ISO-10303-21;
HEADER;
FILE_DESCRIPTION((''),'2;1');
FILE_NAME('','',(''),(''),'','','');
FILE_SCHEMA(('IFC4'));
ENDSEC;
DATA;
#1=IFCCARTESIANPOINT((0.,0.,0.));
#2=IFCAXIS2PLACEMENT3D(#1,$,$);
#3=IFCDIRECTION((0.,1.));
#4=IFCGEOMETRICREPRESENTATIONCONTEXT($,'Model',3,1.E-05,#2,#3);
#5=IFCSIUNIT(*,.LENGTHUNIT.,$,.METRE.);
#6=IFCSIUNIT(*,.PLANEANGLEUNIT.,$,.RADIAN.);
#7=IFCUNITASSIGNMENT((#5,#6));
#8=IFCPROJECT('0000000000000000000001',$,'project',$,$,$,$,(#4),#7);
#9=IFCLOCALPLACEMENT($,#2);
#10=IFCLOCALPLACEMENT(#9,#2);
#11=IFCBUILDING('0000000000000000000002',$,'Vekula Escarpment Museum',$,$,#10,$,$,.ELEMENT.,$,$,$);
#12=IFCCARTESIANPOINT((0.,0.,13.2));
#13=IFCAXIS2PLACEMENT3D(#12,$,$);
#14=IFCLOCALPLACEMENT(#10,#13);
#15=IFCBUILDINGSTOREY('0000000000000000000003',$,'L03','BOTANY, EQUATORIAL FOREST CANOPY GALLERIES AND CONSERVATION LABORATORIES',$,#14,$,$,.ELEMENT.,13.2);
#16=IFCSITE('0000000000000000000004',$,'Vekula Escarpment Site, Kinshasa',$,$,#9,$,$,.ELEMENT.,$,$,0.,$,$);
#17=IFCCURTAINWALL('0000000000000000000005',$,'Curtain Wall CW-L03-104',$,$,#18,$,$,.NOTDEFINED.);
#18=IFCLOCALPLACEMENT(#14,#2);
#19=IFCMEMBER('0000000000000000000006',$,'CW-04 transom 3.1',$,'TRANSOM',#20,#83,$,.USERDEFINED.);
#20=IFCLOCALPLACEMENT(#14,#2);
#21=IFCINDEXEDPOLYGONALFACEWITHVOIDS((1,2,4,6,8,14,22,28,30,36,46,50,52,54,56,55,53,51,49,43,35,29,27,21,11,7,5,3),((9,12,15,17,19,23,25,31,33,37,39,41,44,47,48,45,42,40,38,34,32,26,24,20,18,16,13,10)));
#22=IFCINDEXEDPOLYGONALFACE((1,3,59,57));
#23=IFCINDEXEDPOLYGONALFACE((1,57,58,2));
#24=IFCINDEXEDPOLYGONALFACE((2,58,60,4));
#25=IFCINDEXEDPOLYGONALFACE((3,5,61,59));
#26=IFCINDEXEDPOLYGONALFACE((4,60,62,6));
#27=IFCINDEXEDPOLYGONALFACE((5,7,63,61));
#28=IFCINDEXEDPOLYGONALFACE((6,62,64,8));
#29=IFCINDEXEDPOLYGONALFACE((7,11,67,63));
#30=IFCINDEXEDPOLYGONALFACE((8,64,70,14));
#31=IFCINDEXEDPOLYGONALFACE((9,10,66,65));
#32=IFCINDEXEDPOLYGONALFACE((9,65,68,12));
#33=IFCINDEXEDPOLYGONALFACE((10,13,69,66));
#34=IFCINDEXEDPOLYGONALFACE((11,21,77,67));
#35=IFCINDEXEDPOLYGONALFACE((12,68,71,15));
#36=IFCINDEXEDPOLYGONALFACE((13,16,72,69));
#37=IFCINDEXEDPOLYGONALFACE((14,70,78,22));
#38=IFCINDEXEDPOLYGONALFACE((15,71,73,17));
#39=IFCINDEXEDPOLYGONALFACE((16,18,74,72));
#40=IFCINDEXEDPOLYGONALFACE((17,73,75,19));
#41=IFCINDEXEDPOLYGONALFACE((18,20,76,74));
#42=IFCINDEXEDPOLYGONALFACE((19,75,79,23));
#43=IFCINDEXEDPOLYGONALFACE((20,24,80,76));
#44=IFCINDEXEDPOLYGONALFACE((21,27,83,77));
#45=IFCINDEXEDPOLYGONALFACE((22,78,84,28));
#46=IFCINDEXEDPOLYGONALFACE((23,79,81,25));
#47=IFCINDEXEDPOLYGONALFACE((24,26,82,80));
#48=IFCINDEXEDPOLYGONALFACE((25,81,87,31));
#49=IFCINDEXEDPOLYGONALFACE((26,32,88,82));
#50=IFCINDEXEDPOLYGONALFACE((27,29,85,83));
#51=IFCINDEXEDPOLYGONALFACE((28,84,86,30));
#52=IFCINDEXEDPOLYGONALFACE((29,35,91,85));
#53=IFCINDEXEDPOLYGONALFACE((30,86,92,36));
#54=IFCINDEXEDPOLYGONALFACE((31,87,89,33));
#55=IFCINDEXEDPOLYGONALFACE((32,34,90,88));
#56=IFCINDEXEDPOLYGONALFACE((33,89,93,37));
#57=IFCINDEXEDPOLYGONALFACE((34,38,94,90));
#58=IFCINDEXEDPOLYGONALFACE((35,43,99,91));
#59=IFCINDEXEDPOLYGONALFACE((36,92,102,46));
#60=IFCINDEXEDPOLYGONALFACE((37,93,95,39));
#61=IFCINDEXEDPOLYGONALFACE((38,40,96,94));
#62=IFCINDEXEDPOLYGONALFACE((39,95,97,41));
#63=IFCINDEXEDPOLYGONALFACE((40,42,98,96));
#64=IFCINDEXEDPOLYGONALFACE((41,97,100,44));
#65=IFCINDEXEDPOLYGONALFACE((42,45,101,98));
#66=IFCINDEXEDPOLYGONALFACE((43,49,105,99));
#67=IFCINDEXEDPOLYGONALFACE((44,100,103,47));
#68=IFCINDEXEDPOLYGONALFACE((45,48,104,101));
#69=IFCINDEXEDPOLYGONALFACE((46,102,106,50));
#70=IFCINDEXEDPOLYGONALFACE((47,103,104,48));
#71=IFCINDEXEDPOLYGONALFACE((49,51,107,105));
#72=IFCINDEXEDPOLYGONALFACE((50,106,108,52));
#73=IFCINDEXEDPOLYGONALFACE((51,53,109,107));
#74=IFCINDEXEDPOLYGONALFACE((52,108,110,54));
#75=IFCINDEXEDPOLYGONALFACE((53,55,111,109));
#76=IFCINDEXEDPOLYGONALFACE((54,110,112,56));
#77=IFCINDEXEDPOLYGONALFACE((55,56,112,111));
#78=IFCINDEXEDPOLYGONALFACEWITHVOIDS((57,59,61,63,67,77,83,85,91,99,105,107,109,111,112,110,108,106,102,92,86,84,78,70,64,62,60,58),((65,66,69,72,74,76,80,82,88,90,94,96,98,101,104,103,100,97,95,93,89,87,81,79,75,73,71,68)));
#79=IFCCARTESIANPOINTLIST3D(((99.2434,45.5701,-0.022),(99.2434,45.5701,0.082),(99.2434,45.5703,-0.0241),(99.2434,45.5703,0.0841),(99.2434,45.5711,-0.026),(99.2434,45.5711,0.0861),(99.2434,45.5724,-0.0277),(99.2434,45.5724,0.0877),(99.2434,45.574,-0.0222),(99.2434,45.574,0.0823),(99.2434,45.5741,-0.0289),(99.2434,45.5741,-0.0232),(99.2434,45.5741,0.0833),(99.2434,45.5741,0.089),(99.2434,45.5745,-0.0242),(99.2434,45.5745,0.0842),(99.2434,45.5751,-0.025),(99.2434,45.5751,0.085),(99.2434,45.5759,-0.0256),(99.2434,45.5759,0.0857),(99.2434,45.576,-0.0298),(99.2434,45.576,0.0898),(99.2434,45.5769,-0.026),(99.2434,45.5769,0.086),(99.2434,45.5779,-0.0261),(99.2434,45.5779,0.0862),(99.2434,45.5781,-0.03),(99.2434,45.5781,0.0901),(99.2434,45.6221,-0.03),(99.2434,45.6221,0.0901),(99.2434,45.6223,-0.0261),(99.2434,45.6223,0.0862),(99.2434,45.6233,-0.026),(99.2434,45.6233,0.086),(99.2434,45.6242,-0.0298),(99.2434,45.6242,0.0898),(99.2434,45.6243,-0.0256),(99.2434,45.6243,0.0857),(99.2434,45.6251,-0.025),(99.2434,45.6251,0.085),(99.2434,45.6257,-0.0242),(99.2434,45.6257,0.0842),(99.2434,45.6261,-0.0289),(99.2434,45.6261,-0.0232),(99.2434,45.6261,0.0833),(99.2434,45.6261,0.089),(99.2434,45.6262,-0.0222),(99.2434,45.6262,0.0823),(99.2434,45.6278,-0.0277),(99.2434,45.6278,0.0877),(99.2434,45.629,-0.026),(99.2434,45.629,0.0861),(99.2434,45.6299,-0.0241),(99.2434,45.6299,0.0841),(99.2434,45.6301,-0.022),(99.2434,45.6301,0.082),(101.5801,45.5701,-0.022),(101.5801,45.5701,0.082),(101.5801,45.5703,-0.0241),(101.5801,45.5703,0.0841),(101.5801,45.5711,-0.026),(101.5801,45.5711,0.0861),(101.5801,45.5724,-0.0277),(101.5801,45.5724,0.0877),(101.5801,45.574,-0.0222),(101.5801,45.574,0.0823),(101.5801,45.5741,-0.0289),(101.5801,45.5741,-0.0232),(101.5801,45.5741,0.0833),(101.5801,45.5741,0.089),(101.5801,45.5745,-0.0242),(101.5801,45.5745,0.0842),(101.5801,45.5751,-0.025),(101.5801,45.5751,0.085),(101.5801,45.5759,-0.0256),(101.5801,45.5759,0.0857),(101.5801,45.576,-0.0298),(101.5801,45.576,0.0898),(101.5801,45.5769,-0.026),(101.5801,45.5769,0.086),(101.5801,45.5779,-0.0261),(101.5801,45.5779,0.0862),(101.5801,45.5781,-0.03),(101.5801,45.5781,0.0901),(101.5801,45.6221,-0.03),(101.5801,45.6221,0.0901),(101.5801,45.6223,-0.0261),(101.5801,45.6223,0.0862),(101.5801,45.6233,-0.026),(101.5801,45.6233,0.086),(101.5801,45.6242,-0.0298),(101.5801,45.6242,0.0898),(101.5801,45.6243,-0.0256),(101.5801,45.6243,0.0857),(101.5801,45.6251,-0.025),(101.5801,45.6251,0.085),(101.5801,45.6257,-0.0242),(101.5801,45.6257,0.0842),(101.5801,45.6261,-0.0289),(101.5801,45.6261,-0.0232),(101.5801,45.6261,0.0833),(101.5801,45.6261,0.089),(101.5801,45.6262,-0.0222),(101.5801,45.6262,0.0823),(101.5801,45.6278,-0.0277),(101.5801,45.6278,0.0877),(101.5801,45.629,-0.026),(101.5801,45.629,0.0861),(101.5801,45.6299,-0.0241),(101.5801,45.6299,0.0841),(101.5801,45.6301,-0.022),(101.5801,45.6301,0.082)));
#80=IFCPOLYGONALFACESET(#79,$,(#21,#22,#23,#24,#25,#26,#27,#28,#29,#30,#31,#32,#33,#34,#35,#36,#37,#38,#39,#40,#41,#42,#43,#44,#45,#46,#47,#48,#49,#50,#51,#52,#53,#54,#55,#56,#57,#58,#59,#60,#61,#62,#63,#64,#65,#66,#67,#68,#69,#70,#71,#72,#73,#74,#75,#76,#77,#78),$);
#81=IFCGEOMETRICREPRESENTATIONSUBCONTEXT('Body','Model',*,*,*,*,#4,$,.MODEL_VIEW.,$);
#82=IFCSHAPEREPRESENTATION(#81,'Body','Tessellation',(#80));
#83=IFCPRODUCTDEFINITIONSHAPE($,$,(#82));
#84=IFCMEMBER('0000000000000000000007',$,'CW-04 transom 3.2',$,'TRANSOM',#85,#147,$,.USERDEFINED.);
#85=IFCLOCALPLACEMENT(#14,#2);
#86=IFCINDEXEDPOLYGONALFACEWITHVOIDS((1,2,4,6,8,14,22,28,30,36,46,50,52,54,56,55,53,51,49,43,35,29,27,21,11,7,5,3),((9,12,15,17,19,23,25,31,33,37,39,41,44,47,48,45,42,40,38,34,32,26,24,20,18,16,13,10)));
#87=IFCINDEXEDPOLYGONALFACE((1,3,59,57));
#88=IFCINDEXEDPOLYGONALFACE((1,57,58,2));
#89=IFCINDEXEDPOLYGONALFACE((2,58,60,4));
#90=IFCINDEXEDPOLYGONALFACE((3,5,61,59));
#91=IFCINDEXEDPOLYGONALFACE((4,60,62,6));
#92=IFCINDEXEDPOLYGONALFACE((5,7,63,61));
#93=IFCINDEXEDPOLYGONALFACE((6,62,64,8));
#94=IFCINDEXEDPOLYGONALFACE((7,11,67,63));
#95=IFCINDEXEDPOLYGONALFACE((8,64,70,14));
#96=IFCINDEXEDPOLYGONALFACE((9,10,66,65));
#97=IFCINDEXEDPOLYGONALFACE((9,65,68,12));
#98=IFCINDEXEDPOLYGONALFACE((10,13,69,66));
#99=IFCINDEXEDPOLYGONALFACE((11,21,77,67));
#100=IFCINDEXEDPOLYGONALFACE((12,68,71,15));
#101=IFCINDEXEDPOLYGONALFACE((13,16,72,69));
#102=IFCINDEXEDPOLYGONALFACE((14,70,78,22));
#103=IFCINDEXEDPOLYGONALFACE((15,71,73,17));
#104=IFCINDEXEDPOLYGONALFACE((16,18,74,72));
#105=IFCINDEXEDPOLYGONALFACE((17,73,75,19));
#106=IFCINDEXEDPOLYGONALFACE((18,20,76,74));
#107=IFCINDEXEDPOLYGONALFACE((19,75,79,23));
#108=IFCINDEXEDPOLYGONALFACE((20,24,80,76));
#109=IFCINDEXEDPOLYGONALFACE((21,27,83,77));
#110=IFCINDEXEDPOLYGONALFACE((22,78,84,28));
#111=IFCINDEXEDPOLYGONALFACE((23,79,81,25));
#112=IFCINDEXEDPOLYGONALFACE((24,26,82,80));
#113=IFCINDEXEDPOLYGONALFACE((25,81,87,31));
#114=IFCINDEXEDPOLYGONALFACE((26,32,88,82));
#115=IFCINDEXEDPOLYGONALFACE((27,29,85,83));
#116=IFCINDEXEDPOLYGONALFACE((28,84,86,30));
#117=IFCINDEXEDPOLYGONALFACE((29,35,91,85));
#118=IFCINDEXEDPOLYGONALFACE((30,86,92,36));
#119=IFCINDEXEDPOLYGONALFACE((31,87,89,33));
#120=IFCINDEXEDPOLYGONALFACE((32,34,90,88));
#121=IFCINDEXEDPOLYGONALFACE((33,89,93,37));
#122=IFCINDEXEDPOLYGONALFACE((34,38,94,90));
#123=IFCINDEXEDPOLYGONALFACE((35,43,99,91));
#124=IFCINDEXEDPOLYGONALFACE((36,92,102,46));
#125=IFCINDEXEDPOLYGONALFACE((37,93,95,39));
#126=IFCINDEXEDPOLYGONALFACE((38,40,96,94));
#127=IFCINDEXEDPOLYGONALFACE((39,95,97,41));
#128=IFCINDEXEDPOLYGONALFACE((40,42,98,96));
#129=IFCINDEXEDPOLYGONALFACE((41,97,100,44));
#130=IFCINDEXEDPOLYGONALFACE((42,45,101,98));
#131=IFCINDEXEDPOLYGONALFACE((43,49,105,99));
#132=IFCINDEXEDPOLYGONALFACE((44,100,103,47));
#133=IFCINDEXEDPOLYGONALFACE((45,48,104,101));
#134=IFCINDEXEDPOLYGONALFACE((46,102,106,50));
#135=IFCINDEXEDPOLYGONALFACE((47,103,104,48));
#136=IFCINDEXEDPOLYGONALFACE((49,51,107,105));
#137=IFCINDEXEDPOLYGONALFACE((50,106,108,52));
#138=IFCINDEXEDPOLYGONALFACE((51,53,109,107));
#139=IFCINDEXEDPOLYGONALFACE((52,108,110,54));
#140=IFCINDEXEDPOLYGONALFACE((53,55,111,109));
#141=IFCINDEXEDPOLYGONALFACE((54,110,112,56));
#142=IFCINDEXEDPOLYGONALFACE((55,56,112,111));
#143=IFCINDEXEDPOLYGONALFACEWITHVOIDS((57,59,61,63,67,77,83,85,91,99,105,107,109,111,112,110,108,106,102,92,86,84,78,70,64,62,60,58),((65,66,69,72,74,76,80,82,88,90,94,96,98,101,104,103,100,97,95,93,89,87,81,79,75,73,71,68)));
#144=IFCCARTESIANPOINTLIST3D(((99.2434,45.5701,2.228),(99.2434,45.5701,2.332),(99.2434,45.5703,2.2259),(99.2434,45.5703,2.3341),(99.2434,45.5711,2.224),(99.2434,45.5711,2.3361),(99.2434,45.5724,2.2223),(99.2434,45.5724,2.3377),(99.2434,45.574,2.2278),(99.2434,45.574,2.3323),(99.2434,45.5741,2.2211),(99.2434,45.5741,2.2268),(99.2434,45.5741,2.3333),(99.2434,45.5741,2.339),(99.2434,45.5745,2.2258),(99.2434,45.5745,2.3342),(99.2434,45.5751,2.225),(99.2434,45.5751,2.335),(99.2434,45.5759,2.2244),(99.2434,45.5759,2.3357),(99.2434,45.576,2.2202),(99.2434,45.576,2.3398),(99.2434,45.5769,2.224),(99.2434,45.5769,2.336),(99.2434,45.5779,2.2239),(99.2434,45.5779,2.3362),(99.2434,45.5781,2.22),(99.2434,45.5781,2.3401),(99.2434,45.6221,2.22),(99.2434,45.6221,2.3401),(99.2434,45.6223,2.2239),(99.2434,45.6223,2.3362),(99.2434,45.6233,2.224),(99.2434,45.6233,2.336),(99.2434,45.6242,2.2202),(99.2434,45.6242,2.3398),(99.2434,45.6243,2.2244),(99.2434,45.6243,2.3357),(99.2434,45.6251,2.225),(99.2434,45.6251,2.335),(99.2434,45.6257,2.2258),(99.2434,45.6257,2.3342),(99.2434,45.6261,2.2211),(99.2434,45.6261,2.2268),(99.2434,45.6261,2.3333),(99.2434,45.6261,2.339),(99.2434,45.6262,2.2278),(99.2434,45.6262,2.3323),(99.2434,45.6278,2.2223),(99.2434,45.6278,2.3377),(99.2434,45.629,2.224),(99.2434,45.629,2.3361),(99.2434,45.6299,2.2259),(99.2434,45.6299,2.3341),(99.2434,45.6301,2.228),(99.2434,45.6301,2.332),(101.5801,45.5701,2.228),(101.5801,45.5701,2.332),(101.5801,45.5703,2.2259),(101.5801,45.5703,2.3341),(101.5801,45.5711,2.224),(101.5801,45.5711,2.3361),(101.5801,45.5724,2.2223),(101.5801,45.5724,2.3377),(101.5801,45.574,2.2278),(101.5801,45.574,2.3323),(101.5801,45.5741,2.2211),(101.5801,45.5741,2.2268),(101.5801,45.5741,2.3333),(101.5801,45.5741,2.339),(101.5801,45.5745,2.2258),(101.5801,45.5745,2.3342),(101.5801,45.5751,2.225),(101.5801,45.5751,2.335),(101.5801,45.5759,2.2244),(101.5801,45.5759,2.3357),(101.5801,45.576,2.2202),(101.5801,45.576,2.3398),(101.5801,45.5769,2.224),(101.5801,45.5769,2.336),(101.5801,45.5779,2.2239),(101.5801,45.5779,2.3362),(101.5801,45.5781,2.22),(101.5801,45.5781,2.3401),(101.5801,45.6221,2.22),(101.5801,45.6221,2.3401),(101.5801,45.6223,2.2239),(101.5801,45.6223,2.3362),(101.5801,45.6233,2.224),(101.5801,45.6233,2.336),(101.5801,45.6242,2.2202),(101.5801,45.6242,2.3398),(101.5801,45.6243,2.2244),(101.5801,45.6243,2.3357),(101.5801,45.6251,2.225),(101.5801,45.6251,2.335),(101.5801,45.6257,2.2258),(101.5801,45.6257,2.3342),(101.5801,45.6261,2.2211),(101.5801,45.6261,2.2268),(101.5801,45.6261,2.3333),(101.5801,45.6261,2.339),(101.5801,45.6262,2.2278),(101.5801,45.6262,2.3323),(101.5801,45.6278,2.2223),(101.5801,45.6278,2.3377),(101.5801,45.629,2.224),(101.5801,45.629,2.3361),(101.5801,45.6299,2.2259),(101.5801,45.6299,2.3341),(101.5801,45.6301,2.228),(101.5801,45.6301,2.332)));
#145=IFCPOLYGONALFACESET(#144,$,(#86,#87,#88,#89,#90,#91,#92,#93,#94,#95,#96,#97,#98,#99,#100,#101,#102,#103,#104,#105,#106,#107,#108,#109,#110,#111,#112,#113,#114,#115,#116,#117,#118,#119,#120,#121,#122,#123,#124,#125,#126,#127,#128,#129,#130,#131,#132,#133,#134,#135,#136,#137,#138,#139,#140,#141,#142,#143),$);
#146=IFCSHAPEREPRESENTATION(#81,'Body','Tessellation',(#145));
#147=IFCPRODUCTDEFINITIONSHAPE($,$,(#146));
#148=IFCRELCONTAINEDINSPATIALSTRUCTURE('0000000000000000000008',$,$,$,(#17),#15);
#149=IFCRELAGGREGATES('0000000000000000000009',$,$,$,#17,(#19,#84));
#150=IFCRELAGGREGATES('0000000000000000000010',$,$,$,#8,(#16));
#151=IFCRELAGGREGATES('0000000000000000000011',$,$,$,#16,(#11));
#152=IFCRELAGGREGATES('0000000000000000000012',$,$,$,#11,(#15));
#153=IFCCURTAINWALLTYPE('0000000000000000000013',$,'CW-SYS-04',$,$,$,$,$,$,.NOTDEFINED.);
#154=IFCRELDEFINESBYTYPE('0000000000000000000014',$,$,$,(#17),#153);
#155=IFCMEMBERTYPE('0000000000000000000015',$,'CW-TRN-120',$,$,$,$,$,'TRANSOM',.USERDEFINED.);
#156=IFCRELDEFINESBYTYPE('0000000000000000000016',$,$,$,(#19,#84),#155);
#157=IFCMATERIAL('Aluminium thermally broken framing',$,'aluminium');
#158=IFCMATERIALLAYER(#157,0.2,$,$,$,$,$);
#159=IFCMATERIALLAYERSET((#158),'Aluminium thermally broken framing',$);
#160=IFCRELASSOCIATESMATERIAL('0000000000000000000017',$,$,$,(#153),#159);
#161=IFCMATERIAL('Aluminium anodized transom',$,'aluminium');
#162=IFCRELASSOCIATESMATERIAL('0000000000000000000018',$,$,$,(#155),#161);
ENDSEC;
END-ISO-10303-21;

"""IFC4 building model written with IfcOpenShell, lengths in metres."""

from ifc_helpers import new_model, si_unit, direction, frame, origin, origin_2d, place, context, subcontext, project, spatial, hollow_rectangle, extrude, material, layer, layer_set, material_profile, profile_set, type_object, element, aggregate, save


model = new_model("IFC4")

# Units and contexts
model_context = context("Model", 3, precision=1e-05, world=origin(), true_north=direction((0.0, 1.0)))
body_context = subcontext(model_context, "Body", "Model", "MODEL_VIEW")
ifc_project = project(units=[si_unit("LENGTHUNIT", "METRE"), si_unit("PLANEANGLEUNIT", "RADIAN")], contexts=[model_context])

# Site, building, storey
site_placement = place(None, origin())
site = spatial("IfcSite", under=ifc_project, at=site_placement, Name="Vekula Escarpment Site, Kinshasa", CompositionType="ELEMENT", RefElevation=0.0)
building_placement = place(site_placement, origin())
building = spatial("IfcBuilding", under=site, at=building_placement, Name="Vekula Escarpment Museum", CompositionType="ELEMENT")
storey_placement = place(building_placement, frame((0.0, 0.0, 13.2)))
storey = spatial("IfcBuildingStorey", under=building, at=storey_placement, Name="L03", Description="BOTANY, EQUATORIAL FOREST CANOPY GALLERIES AND CONSERVATION LABORATORIES", CompositionType="ELEMENT", Elevation=13.2)

# Curtain wall
ifc_material_1 = material(Name="Aluminium thermally broken framing", Category="aluminium")
ifc_layer_1 = layer(ifc_material_1, 0.2)
ifc_layer_set_1 = layer_set([ifc_layer_1], Name="Aluminium thermally broken framing")
curtain_wall_type_1 = type_object("IfcCurtainWallType", Name="CW-SYS-04", PredefinedType="NOTDEFINED", material=ifc_layer_set_1)
curtain_wall_1_placement = place(storey_placement, origin())
curtain_wall_1 = element("IfcCurtainWall", 1, at=curtain_wall_1_placement, inside=storey, type_object=curtain_wall_type_1, Name="Curtain Wall CW-L03-104", PredefinedType="NOTDEFINED")

# Members
ifc_material_2 = material(Name="Aluminium anodized transom", Category="aluminium")
ifc_material_profile_1 = material_profile(ifc_material_2, hollow_rectangle(XDim=0.0601, YDim=0.1201, WallThickness=0.0039, InnerFilletRadius=0.0039, OuterFilletRadius=0.0081, at=origin_2d()), Name="ALU 120x60x4")
ifc_profile_set_1 = profile_set([ifc_material_profile_1], Name="Aluminium anodized transom")
member_type_1 = type_object("IfcMemberType", Name="CW-TRN-120", ElementType="TRANSOM", PredefinedType="USERDEFINED", material=ifc_profile_set_1)
member_1_placement = place(storey_placement, frame((99.2434, 45.6001, 0.03), z_axis=(1.0, 0.0, 0.0), x_axis=(0.0, 1.0, 0.0)))
member_1 = element("IfcMember", 2, at=member_1_placement, type_object=member_type_1, Name="CW-04 transom 3.1", ObjectType="TRANSOM", PredefinedType="USERDEFINED", context=body_context, shape_type="SweptSolid", body=[
    extrude(hollow_rectangle(XDim=0.0601, YDim=0.1201, WallThickness=0.0039, InnerFilletRadius=0.0039, OuterFilletRadius=0.0081, at=origin_2d()), origin(), (0.0, 0.0, 1.0), 2.3367),
])
member_2_placement = place(storey_placement, frame((99.2434, 45.6001, 2.28), z_axis=(1.0, 0.0, 0.0), x_axis=(0.0, 1.0, 0.0)))
member_2 = element("IfcMember", 3, at=member_2_placement, type_object=member_type_1, Name="CW-04 transom 3.2", ObjectType="TRANSOM", PredefinedType="USERDEFINED", context=body_context, shape_type="SweptSolid", body=[
    extrude(hollow_rectangle(XDim=0.0601, YDim=0.1201, WallThickness=0.0039, InnerFilletRadius=0.0039, OuterFilletRadius=0.0081, at=origin_2d()), origin(), (0.0, 0.0, 1.0), 2.3367),
])

aggregate(curtain_wall_1, [member_1, member_2])

save(model, "model.ifc")
